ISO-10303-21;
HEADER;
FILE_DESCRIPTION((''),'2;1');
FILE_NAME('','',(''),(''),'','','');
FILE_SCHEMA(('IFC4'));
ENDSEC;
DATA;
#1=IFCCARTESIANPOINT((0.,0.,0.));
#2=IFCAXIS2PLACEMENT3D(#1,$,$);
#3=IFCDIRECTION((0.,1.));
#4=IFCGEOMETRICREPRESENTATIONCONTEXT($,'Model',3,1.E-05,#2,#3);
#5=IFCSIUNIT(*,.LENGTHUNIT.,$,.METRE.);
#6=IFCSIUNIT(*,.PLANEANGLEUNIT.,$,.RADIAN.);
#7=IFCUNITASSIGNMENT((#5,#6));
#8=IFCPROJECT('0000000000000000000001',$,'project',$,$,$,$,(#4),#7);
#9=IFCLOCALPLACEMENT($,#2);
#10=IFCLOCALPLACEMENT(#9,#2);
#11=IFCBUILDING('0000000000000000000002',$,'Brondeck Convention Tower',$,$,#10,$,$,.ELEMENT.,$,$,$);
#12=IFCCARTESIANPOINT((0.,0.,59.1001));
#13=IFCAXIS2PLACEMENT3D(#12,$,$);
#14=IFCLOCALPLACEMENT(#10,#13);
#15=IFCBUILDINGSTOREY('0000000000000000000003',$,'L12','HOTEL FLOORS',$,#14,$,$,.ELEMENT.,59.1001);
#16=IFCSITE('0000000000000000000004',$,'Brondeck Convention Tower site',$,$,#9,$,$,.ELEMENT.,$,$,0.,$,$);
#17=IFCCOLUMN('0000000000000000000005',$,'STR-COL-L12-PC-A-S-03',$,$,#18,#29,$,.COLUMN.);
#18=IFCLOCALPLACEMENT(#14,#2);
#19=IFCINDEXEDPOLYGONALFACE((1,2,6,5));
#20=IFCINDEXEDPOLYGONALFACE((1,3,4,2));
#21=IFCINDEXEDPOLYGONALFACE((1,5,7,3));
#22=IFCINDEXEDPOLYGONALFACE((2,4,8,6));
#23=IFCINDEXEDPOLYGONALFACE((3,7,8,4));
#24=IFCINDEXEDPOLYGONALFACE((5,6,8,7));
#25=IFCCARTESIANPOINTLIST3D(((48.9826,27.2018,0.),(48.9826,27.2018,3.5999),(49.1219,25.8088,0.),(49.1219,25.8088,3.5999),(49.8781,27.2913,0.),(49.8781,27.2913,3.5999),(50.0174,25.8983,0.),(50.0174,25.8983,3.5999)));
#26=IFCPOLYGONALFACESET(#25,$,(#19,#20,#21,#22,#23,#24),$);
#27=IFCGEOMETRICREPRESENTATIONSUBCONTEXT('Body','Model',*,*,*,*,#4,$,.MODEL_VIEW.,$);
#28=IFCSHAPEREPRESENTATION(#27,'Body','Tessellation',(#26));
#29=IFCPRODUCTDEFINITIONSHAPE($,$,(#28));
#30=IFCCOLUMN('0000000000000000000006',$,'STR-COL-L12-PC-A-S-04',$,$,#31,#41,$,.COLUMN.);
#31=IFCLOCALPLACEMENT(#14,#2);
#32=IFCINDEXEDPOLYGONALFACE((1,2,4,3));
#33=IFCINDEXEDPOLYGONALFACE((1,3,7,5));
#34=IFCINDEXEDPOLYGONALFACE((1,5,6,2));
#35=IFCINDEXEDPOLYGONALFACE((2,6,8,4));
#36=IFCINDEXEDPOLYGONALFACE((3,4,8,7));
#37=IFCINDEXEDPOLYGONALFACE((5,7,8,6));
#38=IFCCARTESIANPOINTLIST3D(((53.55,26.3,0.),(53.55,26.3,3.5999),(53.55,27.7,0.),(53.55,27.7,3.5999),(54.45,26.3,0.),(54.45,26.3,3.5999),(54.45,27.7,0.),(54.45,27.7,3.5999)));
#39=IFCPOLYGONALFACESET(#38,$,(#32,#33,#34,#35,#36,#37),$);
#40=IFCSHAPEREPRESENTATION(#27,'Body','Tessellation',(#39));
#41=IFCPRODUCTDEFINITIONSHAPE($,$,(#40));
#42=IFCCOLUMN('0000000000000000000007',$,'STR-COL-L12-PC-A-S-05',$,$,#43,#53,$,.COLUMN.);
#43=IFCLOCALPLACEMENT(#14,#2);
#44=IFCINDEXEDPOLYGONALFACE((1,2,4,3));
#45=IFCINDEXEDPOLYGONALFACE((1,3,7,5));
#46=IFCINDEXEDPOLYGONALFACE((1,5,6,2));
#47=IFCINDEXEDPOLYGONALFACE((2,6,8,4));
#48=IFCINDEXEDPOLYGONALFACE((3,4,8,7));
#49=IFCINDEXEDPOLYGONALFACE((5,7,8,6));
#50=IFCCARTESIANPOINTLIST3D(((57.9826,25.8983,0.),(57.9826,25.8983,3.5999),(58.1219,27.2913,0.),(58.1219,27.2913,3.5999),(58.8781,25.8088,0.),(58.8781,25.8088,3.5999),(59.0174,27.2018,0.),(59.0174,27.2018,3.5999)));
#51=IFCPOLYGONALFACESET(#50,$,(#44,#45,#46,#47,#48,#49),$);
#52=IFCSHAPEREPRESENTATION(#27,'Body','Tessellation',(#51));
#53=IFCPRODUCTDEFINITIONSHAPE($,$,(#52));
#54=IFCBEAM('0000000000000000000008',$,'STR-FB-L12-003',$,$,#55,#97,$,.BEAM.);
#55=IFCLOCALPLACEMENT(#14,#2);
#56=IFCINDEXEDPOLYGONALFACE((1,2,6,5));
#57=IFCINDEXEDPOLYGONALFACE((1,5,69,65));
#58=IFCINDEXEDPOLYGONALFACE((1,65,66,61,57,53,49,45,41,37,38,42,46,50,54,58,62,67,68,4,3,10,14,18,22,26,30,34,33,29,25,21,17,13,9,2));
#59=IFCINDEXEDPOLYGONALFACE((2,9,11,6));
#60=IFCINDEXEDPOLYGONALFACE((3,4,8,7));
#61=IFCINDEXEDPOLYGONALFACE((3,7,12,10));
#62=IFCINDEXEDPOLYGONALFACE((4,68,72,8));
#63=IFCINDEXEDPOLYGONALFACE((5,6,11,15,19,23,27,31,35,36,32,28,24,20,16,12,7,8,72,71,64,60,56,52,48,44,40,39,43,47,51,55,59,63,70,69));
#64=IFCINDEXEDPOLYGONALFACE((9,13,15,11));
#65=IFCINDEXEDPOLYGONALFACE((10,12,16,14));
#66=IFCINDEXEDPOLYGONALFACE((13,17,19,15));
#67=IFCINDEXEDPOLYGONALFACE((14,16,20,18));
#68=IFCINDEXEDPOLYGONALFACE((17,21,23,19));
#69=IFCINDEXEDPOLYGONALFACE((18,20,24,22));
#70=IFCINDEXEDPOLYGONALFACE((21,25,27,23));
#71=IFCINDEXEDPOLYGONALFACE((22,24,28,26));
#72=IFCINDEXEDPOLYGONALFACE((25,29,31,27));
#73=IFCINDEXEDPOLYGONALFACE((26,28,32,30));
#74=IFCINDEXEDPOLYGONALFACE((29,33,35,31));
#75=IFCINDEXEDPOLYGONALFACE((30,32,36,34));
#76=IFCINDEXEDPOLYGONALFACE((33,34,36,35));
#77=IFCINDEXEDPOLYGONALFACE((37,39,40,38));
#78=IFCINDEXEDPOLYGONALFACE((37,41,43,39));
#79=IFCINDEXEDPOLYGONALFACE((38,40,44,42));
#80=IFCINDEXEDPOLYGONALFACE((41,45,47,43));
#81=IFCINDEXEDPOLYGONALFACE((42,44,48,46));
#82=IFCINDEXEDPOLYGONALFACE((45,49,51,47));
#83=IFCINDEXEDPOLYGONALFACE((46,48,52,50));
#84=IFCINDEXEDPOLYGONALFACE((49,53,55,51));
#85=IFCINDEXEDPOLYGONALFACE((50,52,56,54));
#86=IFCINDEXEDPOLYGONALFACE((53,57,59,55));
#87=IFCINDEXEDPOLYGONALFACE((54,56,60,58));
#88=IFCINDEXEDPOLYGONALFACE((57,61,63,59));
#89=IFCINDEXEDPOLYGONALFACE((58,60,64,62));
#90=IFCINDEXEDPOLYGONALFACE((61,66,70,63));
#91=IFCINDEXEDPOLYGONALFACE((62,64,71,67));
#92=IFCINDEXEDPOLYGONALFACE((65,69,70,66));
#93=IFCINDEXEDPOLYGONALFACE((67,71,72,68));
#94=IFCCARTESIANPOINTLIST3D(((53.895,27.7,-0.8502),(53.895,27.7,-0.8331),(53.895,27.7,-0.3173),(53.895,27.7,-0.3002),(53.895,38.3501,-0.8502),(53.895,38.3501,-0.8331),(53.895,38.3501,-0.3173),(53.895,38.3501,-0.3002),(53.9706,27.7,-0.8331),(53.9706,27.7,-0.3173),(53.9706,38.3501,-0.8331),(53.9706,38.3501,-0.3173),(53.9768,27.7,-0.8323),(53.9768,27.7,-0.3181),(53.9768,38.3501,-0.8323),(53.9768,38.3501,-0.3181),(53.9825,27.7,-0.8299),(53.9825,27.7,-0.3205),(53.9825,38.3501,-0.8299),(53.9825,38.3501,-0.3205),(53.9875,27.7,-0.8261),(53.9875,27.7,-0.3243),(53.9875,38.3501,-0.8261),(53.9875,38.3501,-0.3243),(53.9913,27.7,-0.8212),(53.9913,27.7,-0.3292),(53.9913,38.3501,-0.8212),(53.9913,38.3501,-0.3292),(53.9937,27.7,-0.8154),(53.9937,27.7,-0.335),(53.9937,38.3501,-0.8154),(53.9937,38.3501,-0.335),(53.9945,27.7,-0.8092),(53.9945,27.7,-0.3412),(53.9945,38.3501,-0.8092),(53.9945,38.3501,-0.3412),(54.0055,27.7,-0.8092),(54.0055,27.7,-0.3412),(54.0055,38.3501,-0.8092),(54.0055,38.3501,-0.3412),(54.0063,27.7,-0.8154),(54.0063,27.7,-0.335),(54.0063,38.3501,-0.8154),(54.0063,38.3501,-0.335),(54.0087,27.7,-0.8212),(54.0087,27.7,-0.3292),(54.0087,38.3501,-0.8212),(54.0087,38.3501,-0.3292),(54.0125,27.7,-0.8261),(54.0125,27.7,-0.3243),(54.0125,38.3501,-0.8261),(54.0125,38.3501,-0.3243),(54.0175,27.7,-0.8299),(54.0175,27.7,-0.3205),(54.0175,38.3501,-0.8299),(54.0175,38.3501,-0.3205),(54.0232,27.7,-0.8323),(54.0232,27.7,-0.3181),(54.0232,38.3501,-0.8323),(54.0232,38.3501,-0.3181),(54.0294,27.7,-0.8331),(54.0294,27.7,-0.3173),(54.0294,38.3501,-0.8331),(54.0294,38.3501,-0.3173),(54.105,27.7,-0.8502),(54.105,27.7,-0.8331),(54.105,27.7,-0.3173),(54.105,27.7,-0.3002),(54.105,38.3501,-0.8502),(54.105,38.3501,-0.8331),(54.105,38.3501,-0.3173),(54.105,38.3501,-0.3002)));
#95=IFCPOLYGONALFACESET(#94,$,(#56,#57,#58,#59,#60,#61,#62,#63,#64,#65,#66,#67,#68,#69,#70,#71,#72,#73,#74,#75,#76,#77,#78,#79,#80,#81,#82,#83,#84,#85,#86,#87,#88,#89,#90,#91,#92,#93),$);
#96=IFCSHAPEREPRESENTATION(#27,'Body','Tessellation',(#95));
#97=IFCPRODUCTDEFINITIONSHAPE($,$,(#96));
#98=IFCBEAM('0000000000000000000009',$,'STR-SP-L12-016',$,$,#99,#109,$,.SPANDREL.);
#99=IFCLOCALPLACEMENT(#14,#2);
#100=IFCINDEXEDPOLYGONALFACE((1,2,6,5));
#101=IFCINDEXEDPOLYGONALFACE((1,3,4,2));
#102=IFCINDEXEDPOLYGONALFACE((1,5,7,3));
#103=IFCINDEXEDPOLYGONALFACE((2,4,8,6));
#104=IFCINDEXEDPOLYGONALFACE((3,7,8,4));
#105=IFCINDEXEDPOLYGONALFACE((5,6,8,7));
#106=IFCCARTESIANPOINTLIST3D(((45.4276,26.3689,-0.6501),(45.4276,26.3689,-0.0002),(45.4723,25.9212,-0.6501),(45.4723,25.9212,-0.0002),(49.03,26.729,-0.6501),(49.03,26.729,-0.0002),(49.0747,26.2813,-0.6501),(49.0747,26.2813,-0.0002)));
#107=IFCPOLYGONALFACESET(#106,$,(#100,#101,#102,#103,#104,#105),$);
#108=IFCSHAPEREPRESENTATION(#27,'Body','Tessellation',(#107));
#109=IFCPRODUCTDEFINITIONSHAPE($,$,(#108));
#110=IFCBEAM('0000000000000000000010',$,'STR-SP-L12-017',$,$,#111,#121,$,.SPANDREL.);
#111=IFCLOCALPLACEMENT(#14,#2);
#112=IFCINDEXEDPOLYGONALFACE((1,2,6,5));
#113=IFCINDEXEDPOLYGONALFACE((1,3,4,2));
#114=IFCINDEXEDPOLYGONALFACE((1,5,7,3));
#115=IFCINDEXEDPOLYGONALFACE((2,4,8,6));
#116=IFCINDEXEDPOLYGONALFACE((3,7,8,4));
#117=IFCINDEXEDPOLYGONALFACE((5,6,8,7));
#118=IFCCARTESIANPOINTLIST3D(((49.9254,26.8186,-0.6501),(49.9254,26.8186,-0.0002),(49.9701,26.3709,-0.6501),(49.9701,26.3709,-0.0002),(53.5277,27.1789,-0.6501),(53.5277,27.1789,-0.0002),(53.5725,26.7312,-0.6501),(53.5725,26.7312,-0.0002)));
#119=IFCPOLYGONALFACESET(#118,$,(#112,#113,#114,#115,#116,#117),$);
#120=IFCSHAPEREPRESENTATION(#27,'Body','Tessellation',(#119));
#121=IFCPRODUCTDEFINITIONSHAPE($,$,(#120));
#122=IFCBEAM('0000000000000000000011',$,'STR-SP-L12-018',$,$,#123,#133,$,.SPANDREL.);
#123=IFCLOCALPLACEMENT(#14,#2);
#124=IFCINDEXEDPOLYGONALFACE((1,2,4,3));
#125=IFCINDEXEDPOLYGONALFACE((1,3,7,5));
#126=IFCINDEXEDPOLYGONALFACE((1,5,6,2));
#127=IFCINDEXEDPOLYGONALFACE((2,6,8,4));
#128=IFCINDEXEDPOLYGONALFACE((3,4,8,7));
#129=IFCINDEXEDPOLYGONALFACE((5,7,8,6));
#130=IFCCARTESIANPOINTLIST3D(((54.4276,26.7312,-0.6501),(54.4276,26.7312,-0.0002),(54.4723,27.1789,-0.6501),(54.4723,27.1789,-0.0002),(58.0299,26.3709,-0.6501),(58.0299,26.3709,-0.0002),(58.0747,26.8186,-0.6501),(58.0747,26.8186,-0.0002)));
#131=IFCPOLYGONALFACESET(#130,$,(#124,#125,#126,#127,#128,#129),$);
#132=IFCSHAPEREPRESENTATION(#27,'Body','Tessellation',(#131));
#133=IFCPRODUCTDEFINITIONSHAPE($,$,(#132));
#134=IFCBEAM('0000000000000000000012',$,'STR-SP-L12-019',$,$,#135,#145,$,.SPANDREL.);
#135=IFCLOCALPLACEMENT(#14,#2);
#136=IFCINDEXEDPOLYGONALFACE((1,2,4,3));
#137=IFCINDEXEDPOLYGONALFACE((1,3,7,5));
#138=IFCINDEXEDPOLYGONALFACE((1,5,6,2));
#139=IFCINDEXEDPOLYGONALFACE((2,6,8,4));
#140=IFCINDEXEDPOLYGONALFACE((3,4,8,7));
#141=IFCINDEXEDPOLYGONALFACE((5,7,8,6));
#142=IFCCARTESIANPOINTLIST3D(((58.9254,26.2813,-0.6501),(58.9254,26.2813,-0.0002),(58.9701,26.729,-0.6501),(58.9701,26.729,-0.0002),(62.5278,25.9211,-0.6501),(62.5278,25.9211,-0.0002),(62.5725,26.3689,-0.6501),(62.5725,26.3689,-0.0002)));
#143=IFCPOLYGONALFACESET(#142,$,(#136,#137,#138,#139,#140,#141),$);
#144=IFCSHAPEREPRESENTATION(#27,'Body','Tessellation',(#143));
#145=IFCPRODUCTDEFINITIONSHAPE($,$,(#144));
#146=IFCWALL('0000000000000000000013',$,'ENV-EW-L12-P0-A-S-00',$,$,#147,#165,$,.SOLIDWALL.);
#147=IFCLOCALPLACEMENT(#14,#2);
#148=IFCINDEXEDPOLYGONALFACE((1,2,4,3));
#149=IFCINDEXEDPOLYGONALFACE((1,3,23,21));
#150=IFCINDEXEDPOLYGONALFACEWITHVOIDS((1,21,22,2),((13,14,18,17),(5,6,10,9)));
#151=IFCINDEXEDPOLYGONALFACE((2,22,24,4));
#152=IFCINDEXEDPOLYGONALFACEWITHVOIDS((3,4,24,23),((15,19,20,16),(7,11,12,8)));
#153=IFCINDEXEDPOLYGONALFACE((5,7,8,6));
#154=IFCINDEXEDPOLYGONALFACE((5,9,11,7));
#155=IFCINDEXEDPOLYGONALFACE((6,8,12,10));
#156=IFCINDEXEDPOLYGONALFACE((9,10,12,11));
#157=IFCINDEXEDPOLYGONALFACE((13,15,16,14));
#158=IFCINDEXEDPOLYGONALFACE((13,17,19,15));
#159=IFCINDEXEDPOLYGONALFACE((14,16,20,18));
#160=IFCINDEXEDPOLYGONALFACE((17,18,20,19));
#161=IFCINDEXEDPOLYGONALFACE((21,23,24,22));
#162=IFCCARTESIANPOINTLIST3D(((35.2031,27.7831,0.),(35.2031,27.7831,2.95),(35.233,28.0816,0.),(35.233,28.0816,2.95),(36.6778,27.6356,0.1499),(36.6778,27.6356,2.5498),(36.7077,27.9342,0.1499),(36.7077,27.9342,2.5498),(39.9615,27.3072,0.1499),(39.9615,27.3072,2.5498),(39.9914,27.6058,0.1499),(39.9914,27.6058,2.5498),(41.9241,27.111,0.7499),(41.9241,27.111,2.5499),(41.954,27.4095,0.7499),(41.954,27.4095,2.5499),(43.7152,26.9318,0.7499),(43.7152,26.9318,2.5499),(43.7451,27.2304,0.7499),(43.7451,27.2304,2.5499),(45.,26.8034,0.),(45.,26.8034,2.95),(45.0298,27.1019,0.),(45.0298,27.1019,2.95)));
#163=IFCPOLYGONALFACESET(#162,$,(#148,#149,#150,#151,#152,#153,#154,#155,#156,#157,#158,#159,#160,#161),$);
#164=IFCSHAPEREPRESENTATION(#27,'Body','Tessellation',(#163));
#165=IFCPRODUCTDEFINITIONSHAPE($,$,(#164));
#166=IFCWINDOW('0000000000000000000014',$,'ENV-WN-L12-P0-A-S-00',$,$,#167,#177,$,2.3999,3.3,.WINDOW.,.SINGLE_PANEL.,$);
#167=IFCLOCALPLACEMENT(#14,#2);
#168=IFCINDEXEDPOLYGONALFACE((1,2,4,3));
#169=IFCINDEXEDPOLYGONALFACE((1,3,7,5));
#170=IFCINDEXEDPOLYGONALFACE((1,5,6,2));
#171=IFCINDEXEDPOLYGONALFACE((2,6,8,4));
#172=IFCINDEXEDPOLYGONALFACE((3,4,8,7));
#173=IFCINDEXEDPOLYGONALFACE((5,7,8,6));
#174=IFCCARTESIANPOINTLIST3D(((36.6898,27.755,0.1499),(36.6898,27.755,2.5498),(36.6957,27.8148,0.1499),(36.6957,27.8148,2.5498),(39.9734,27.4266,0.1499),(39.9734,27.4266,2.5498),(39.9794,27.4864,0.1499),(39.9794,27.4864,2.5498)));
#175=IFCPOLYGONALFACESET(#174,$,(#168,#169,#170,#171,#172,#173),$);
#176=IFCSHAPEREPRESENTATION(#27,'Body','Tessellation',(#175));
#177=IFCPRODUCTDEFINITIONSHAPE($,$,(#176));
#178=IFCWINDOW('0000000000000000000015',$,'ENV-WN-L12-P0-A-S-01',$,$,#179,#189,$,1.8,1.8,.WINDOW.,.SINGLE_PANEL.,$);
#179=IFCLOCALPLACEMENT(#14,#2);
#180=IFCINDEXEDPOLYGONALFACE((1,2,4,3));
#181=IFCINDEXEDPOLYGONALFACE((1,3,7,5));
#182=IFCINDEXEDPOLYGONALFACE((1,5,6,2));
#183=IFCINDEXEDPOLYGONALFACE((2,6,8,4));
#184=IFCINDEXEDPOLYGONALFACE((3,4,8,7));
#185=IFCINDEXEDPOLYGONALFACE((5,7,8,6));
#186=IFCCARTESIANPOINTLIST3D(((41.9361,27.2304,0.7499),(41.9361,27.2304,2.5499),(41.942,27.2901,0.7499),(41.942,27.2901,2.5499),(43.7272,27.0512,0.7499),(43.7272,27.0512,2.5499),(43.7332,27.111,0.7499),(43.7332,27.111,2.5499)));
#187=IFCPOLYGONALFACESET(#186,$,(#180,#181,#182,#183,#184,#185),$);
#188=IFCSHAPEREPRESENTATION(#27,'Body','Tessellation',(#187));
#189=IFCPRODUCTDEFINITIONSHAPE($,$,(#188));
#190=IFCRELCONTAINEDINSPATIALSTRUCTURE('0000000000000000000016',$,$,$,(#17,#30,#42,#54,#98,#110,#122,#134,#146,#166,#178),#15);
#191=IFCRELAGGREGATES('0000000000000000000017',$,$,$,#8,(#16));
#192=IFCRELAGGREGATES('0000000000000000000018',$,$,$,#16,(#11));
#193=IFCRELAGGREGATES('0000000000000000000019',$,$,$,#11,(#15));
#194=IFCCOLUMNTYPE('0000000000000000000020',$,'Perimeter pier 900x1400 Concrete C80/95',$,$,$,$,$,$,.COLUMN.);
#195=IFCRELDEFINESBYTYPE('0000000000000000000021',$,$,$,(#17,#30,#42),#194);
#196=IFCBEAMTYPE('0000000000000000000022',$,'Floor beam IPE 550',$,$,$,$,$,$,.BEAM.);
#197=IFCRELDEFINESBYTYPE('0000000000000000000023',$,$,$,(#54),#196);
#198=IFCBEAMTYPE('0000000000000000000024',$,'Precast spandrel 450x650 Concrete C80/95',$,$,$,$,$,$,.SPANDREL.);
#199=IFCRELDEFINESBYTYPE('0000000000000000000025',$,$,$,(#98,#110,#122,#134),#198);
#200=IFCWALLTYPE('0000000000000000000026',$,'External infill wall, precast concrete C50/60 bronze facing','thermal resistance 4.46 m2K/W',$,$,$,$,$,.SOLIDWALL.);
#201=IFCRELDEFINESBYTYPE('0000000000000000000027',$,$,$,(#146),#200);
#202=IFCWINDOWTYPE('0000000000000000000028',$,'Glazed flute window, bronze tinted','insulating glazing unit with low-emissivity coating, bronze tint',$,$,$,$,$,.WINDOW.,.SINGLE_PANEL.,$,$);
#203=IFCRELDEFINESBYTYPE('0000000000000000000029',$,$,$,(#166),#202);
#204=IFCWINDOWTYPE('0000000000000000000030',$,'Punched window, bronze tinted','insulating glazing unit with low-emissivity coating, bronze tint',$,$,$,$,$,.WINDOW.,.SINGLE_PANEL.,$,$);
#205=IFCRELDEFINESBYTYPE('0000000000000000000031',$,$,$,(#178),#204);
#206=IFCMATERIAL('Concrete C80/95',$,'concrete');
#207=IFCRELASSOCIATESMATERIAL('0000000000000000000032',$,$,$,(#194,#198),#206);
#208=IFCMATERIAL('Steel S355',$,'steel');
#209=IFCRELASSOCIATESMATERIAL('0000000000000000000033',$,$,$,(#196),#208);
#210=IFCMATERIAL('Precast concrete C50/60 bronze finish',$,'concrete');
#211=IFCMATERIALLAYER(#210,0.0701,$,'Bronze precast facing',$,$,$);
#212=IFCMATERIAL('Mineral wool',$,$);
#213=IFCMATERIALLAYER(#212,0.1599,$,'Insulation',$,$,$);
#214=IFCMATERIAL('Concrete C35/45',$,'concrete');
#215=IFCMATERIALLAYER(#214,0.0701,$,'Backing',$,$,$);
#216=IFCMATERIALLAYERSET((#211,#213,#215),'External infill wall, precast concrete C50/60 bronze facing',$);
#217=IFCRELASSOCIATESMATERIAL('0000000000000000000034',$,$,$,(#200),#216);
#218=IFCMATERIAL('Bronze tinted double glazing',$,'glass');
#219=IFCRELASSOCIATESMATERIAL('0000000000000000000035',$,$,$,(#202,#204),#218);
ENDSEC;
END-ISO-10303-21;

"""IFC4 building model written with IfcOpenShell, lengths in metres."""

from ifc_helpers import new_model, si_unit, direction, frame, frame_2d, origin, origin_2d, place, context, subcontext, project, spatial, rectangle, i_section, extrude, material, layer, layer_set, material_profile, profile_set, type_object, element, fill, save


model = new_model("IFC4")

# Units and contexts
model_context = context("Model", 3, precision=1e-05, world=origin(), true_north=direction((0.0, 1.0)))
body_context = subcontext(model_context, "Body", "Model", "MODEL_VIEW")
ifc_project = project(units=[si_unit("LENGTHUNIT", "METRE"), si_unit("PLANEANGLEUNIT", "RADIAN")], contexts=[model_context])

# Site, building, storey
site_placement = place(None, origin())
site = spatial("IfcSite", under=ifc_project, at=site_placement, Name="Brondeck Convention Tower site", CompositionType="ELEMENT", RefElevation=0.0)
building_placement = place(site_placement, origin())
building = spatial("IfcBuilding", under=site, at=building_placement, Name="Brondeck Convention Tower", CompositionType="ELEMENT")
storey_placement = place(building_placement, frame((0.0, 0.0, 59.1001)))
storey = spatial("IfcBuildingStorey", under=building, at=storey_placement, Name="L12", Description="HOTEL FLOORS", CompositionType="ELEMENT", Elevation=59.1001)

# Columns
ifc_material_1 = material(Name="Concrete C80/95", Category="concrete")
ifc_material_profile_1 = material_profile(ifc_material_1, rectangle(XDim=0.8999, YDim=1.3999, at=origin_2d()), Name="Perimeter pier 900x1400 Concrete C80/95")
ifc_profile_set_1 = profile_set([ifc_material_profile_1], Name="Concrete C80/95")
column_type = type_object("IfcColumnType", Name="Perimeter pier 900x1400 Concrete C80/95", PredefinedType="COLUMN", material=ifc_profile_set_1)
for number, where, z_axis, x_axis, name in (
    (1, (49.5, 26.55, 0.0), (0.0, 0.0, 1.0), (0.995037, 0.099504, 0.0), "STR-COL-L12-PC-A-S-03"),
    (2, (54.0, 27.0, 0.0), (0.0, 0.0, 1.0), (1.0, 0.0, 0.0), "STR-COL-L12-PC-A-S-04"),
    (3, (58.5, 26.55, 0.0), (0.0, 0.0, 1.0), (0.995037, -0.099504, 0.0), "STR-COL-L12-PC-A-S-05"),
):
    element("IfcColumn", number, at=place(storey_placement, frame(where, z_axis=z_axis, x_axis=x_axis)), inside=storey, type_object=column_type, Name=name, PredefinedType="COLUMN", context=body_context, shape_type="SweptSolid", body=[
        extrude(rectangle(XDim=0.8999, YDim=1.3999, at=origin_2d()), origin(), (0.0, 0.0, 1.0), 3.5999),
    ])

# Beams
ifc_material_2 = material(Name="Steel S355", Category="steel")
ifc_material_profile_2 = material_profile(ifc_material_2, i_section(OverallWidth=0.21, OverallDepth=0.55, WebThickness=0.011, FlangeThickness=0.0171, FilletRadius=0.0239, at=origin_2d()), Name="IPE 550")
ifc_profile_set_2 = profile_set([ifc_material_profile_2], Name="Steel S355")
beam_type_1 = type_object("IfcBeamType", Name="Floor beam IPE 550", PredefinedType="BEAM", material=ifc_profile_set_2)
beam_placement = place(storey_placement, frame((54.0, 27.7, -0.5752), z_axis=(0.0, 1.0, 0.0), x_axis=(-1.0, 0.0, 0.0)))
element("IfcBeam", 4, at=beam_placement, inside=storey, type_object=beam_type_1, Name="STR-FB-L12-003", PredefinedType="BEAM", context=body_context, shape_type="SweptSolid", body=[
    extrude(i_section(OverallWidth=0.21, OverallDepth=0.55, WebThickness=0.011, FlangeThickness=0.0171, FilletRadius=0.0239, at=origin_2d()), origin(), (0.0, 0.0, 1.0), 10.6501),
])
ifc_material_profile_3 = material_profile(ifc_material_1, rectangle(XDim=0.45, YDim=0.6499, at=origin_2d()), Name="Precast spandrel 450x650 Concrete C80/95")
ifc_profile_set_3 = profile_set([ifc_material_profile_3], Name="Concrete C80/95")
beam_type_2 = type_object("IfcBeamType", Name="Precast spandrel 450x650 Concrete C80/95", PredefinedType="SPANDREL", material=ifc_profile_set_3)
for number, where, z_axis, x_axis, name in (
    (5, (45.45, 26.145, -0.3252), (0.995041, 0.09947, 0.0), (-0.09947, 0.995041, 0.0), "STR-SP-L12-016"),
    (6, (49.9478, 26.5947, -0.3252), (0.995034, 0.099537, 0.0), (-0.099537, 0.995034, 0.0), "STR-SP-L12-017"),
    (7, (54.45, 26.9551, -0.3252), (0.995034, -0.099537, 0.0), (0.099537, 0.995034, 0.0), "STR-SP-L12-018"),
    (8, (58.9478, 26.5051, -0.3252), (0.995041, -0.09947, 0.0), (0.09947, 0.995041, 0.0), "STR-SP-L12-019"),
):
    element("IfcBeam", number, at=place(storey_placement, frame(where, z_axis=z_axis, x_axis=x_axis)), inside=storey, type_object=beam_type_2, Name=name, PredefinedType="SPANDREL", context=body_context, shape_type="SweptSolid", body=[
        extrude(rectangle(XDim=0.45, YDim=0.6499, at=origin_2d()), origin(), (0.0, 0.0, 1.0), 3.6204),
    ])

# Wall, openings, windows
ifc_material_3 = material(Name="Precast concrete C50/60 bronze finish", Category="concrete")
ifc_layer_1 = layer(ifc_material_3, 0.0701, Name="Bronze precast facing")
ifc_material_4 = material(Name="Mineral wool")
ifc_layer_2 = layer(ifc_material_4, 0.1599, Name="Insulation")
ifc_material_5 = material(Name="Concrete C35/45", Category="concrete")
ifc_layer_3 = layer(ifc_material_5, 0.0701, Name="Backing")
ifc_layer_set_1 = layer_set([ifc_layer_1, ifc_layer_2, ifc_layer_3], Name="External infill wall, precast concrete C50/60 bronze facing")
wall_type_1 = type_object("IfcWallType", Name="External infill wall, precast concrete C50/60 bronze facing", Description="thermal resistance 4.46 m2K/W", PredefinedType="SOLIDWALL", material=ifc_layer_set_1)
wall_1_placement = place(storey_placement, frame((45.0149, 26.9526, 0.0), z_axis=(0.0, 0.0, 1.0), x_axis=(-0.995037, 0.099509, 0.0)))
wall_1 = element("IfcWall", 9, at=wall_1_placement, inside=storey, type_object=wall_type_1, Name="ENV-EW-L12-P0-A-S-00", PredefinedType="SOLIDWALL", context=body_context, shape_type="SweptSolid", body=[
    extrude(rectangle(XDim=9.8457, YDim=0.3, at=frame_2d((4.9229, 0.0))), origin(), (0.0, 0.0, 1.0), 2.95),
])
opening_1_placement = place(wall_1_placement, frame((1.2913, 0.0, 0.75)))
opening_1 = element("IfcOpeningElement", 10, at=opening_1_placement, cuts=wall_1, PredefinedType="OPENING", context=body_context, shape_type="SweptSolid", body=[
    extrude(rectangle(XDim=1.8, YDim=1.8, at=frame_2d((0.8999, 0.8999))), frame((0.0, 0.1599, 0.0), z_axis=(0.0, -1.0, 0.0), x_axis=(1.0, 0.0, 0.0)), (0.0, 0.0, 1.0), 0.3201),
])
opening_2_placement = place(wall_1_placement, frame((5.0637, 0.0, 0.1499)))
opening_2 = element("IfcOpeningElement", 11, at=opening_2_placement, cuts=wall_1, PredefinedType="OPENING", context=body_context, shape_type="SweptSolid", body=[
    extrude(rectangle(XDim=3.3, YDim=2.3999, at=frame_2d((1.6499, 1.2))), frame((0.0, 0.1599, 0.0), z_axis=(0.0, -1.0, 0.0), x_axis=(1.0, 0.0, 0.0)), (0.0, 0.0, 1.0), 0.3201),
])
ifc_material_6 = material(Name="Bronze tinted double glazing", Category="glass")
window_type_1 = type_object("IfcWindowType", Name="Glazed flute window, bronze tinted", Description="insulating glazing unit with low-emissivity coating, bronze tint", PartitioningType="SINGLE_PANEL", PredefinedType="WINDOW", material=ifc_material_6)
window_1_placement = place(opening_2_placement, origin())
window_1 = element("IfcWindow", 12, at=window_1_placement, inside=storey, type_object=window_type_1, Name="ENV-WN-L12-P0-A-S-00", OverallHeight=2.3999, OverallWidth=3.3, PartitioningType="SINGLE_PANEL", PredefinedType="WINDOW", context=body_context, shape_type="SweptSolid", body=[
    extrude(rectangle(XDim=3.3, YDim=2.3999, at=frame_2d((1.6499, 1.2))), frame((0.0, 0.03, 0.0), z_axis=(0.0, -1.0, 0.0), x_axis=(1.0, 0.0, 0.0)), (0.0, 0.0, 1.0), 0.0601),
])
fill(opening_2, window_1)
window_type_2 = type_object("IfcWindowType", Name="Punched window, bronze tinted", Description="insulating glazing unit with low-emissivity coating, bronze tint", PartitioningType="SINGLE_PANEL", PredefinedType="WINDOW", material=ifc_material_6)
window_2_placement = place(opening_1_placement, origin())
window_2 = element("IfcWindow", 13, at=window_2_placement, inside=storey, type_object=window_type_2, Name="ENV-WN-L12-P0-A-S-01", OverallHeight=1.8, OverallWidth=1.8, PartitioningType="SINGLE_PANEL", PredefinedType="WINDOW", context=body_context, shape_type="SweptSolid", body=[
    extrude(rectangle(XDim=1.8, YDim=1.8, at=frame_2d((0.8999, 0.8999))), frame((0.0, 0.03, 0.0), z_axis=(0.0, -1.0, 0.0), x_axis=(1.0, 0.0, 0.0)), (0.0, 0.0, 1.0), 0.0601),
])
fill(opening_1, window_2)

save(model, "model.ifc")
